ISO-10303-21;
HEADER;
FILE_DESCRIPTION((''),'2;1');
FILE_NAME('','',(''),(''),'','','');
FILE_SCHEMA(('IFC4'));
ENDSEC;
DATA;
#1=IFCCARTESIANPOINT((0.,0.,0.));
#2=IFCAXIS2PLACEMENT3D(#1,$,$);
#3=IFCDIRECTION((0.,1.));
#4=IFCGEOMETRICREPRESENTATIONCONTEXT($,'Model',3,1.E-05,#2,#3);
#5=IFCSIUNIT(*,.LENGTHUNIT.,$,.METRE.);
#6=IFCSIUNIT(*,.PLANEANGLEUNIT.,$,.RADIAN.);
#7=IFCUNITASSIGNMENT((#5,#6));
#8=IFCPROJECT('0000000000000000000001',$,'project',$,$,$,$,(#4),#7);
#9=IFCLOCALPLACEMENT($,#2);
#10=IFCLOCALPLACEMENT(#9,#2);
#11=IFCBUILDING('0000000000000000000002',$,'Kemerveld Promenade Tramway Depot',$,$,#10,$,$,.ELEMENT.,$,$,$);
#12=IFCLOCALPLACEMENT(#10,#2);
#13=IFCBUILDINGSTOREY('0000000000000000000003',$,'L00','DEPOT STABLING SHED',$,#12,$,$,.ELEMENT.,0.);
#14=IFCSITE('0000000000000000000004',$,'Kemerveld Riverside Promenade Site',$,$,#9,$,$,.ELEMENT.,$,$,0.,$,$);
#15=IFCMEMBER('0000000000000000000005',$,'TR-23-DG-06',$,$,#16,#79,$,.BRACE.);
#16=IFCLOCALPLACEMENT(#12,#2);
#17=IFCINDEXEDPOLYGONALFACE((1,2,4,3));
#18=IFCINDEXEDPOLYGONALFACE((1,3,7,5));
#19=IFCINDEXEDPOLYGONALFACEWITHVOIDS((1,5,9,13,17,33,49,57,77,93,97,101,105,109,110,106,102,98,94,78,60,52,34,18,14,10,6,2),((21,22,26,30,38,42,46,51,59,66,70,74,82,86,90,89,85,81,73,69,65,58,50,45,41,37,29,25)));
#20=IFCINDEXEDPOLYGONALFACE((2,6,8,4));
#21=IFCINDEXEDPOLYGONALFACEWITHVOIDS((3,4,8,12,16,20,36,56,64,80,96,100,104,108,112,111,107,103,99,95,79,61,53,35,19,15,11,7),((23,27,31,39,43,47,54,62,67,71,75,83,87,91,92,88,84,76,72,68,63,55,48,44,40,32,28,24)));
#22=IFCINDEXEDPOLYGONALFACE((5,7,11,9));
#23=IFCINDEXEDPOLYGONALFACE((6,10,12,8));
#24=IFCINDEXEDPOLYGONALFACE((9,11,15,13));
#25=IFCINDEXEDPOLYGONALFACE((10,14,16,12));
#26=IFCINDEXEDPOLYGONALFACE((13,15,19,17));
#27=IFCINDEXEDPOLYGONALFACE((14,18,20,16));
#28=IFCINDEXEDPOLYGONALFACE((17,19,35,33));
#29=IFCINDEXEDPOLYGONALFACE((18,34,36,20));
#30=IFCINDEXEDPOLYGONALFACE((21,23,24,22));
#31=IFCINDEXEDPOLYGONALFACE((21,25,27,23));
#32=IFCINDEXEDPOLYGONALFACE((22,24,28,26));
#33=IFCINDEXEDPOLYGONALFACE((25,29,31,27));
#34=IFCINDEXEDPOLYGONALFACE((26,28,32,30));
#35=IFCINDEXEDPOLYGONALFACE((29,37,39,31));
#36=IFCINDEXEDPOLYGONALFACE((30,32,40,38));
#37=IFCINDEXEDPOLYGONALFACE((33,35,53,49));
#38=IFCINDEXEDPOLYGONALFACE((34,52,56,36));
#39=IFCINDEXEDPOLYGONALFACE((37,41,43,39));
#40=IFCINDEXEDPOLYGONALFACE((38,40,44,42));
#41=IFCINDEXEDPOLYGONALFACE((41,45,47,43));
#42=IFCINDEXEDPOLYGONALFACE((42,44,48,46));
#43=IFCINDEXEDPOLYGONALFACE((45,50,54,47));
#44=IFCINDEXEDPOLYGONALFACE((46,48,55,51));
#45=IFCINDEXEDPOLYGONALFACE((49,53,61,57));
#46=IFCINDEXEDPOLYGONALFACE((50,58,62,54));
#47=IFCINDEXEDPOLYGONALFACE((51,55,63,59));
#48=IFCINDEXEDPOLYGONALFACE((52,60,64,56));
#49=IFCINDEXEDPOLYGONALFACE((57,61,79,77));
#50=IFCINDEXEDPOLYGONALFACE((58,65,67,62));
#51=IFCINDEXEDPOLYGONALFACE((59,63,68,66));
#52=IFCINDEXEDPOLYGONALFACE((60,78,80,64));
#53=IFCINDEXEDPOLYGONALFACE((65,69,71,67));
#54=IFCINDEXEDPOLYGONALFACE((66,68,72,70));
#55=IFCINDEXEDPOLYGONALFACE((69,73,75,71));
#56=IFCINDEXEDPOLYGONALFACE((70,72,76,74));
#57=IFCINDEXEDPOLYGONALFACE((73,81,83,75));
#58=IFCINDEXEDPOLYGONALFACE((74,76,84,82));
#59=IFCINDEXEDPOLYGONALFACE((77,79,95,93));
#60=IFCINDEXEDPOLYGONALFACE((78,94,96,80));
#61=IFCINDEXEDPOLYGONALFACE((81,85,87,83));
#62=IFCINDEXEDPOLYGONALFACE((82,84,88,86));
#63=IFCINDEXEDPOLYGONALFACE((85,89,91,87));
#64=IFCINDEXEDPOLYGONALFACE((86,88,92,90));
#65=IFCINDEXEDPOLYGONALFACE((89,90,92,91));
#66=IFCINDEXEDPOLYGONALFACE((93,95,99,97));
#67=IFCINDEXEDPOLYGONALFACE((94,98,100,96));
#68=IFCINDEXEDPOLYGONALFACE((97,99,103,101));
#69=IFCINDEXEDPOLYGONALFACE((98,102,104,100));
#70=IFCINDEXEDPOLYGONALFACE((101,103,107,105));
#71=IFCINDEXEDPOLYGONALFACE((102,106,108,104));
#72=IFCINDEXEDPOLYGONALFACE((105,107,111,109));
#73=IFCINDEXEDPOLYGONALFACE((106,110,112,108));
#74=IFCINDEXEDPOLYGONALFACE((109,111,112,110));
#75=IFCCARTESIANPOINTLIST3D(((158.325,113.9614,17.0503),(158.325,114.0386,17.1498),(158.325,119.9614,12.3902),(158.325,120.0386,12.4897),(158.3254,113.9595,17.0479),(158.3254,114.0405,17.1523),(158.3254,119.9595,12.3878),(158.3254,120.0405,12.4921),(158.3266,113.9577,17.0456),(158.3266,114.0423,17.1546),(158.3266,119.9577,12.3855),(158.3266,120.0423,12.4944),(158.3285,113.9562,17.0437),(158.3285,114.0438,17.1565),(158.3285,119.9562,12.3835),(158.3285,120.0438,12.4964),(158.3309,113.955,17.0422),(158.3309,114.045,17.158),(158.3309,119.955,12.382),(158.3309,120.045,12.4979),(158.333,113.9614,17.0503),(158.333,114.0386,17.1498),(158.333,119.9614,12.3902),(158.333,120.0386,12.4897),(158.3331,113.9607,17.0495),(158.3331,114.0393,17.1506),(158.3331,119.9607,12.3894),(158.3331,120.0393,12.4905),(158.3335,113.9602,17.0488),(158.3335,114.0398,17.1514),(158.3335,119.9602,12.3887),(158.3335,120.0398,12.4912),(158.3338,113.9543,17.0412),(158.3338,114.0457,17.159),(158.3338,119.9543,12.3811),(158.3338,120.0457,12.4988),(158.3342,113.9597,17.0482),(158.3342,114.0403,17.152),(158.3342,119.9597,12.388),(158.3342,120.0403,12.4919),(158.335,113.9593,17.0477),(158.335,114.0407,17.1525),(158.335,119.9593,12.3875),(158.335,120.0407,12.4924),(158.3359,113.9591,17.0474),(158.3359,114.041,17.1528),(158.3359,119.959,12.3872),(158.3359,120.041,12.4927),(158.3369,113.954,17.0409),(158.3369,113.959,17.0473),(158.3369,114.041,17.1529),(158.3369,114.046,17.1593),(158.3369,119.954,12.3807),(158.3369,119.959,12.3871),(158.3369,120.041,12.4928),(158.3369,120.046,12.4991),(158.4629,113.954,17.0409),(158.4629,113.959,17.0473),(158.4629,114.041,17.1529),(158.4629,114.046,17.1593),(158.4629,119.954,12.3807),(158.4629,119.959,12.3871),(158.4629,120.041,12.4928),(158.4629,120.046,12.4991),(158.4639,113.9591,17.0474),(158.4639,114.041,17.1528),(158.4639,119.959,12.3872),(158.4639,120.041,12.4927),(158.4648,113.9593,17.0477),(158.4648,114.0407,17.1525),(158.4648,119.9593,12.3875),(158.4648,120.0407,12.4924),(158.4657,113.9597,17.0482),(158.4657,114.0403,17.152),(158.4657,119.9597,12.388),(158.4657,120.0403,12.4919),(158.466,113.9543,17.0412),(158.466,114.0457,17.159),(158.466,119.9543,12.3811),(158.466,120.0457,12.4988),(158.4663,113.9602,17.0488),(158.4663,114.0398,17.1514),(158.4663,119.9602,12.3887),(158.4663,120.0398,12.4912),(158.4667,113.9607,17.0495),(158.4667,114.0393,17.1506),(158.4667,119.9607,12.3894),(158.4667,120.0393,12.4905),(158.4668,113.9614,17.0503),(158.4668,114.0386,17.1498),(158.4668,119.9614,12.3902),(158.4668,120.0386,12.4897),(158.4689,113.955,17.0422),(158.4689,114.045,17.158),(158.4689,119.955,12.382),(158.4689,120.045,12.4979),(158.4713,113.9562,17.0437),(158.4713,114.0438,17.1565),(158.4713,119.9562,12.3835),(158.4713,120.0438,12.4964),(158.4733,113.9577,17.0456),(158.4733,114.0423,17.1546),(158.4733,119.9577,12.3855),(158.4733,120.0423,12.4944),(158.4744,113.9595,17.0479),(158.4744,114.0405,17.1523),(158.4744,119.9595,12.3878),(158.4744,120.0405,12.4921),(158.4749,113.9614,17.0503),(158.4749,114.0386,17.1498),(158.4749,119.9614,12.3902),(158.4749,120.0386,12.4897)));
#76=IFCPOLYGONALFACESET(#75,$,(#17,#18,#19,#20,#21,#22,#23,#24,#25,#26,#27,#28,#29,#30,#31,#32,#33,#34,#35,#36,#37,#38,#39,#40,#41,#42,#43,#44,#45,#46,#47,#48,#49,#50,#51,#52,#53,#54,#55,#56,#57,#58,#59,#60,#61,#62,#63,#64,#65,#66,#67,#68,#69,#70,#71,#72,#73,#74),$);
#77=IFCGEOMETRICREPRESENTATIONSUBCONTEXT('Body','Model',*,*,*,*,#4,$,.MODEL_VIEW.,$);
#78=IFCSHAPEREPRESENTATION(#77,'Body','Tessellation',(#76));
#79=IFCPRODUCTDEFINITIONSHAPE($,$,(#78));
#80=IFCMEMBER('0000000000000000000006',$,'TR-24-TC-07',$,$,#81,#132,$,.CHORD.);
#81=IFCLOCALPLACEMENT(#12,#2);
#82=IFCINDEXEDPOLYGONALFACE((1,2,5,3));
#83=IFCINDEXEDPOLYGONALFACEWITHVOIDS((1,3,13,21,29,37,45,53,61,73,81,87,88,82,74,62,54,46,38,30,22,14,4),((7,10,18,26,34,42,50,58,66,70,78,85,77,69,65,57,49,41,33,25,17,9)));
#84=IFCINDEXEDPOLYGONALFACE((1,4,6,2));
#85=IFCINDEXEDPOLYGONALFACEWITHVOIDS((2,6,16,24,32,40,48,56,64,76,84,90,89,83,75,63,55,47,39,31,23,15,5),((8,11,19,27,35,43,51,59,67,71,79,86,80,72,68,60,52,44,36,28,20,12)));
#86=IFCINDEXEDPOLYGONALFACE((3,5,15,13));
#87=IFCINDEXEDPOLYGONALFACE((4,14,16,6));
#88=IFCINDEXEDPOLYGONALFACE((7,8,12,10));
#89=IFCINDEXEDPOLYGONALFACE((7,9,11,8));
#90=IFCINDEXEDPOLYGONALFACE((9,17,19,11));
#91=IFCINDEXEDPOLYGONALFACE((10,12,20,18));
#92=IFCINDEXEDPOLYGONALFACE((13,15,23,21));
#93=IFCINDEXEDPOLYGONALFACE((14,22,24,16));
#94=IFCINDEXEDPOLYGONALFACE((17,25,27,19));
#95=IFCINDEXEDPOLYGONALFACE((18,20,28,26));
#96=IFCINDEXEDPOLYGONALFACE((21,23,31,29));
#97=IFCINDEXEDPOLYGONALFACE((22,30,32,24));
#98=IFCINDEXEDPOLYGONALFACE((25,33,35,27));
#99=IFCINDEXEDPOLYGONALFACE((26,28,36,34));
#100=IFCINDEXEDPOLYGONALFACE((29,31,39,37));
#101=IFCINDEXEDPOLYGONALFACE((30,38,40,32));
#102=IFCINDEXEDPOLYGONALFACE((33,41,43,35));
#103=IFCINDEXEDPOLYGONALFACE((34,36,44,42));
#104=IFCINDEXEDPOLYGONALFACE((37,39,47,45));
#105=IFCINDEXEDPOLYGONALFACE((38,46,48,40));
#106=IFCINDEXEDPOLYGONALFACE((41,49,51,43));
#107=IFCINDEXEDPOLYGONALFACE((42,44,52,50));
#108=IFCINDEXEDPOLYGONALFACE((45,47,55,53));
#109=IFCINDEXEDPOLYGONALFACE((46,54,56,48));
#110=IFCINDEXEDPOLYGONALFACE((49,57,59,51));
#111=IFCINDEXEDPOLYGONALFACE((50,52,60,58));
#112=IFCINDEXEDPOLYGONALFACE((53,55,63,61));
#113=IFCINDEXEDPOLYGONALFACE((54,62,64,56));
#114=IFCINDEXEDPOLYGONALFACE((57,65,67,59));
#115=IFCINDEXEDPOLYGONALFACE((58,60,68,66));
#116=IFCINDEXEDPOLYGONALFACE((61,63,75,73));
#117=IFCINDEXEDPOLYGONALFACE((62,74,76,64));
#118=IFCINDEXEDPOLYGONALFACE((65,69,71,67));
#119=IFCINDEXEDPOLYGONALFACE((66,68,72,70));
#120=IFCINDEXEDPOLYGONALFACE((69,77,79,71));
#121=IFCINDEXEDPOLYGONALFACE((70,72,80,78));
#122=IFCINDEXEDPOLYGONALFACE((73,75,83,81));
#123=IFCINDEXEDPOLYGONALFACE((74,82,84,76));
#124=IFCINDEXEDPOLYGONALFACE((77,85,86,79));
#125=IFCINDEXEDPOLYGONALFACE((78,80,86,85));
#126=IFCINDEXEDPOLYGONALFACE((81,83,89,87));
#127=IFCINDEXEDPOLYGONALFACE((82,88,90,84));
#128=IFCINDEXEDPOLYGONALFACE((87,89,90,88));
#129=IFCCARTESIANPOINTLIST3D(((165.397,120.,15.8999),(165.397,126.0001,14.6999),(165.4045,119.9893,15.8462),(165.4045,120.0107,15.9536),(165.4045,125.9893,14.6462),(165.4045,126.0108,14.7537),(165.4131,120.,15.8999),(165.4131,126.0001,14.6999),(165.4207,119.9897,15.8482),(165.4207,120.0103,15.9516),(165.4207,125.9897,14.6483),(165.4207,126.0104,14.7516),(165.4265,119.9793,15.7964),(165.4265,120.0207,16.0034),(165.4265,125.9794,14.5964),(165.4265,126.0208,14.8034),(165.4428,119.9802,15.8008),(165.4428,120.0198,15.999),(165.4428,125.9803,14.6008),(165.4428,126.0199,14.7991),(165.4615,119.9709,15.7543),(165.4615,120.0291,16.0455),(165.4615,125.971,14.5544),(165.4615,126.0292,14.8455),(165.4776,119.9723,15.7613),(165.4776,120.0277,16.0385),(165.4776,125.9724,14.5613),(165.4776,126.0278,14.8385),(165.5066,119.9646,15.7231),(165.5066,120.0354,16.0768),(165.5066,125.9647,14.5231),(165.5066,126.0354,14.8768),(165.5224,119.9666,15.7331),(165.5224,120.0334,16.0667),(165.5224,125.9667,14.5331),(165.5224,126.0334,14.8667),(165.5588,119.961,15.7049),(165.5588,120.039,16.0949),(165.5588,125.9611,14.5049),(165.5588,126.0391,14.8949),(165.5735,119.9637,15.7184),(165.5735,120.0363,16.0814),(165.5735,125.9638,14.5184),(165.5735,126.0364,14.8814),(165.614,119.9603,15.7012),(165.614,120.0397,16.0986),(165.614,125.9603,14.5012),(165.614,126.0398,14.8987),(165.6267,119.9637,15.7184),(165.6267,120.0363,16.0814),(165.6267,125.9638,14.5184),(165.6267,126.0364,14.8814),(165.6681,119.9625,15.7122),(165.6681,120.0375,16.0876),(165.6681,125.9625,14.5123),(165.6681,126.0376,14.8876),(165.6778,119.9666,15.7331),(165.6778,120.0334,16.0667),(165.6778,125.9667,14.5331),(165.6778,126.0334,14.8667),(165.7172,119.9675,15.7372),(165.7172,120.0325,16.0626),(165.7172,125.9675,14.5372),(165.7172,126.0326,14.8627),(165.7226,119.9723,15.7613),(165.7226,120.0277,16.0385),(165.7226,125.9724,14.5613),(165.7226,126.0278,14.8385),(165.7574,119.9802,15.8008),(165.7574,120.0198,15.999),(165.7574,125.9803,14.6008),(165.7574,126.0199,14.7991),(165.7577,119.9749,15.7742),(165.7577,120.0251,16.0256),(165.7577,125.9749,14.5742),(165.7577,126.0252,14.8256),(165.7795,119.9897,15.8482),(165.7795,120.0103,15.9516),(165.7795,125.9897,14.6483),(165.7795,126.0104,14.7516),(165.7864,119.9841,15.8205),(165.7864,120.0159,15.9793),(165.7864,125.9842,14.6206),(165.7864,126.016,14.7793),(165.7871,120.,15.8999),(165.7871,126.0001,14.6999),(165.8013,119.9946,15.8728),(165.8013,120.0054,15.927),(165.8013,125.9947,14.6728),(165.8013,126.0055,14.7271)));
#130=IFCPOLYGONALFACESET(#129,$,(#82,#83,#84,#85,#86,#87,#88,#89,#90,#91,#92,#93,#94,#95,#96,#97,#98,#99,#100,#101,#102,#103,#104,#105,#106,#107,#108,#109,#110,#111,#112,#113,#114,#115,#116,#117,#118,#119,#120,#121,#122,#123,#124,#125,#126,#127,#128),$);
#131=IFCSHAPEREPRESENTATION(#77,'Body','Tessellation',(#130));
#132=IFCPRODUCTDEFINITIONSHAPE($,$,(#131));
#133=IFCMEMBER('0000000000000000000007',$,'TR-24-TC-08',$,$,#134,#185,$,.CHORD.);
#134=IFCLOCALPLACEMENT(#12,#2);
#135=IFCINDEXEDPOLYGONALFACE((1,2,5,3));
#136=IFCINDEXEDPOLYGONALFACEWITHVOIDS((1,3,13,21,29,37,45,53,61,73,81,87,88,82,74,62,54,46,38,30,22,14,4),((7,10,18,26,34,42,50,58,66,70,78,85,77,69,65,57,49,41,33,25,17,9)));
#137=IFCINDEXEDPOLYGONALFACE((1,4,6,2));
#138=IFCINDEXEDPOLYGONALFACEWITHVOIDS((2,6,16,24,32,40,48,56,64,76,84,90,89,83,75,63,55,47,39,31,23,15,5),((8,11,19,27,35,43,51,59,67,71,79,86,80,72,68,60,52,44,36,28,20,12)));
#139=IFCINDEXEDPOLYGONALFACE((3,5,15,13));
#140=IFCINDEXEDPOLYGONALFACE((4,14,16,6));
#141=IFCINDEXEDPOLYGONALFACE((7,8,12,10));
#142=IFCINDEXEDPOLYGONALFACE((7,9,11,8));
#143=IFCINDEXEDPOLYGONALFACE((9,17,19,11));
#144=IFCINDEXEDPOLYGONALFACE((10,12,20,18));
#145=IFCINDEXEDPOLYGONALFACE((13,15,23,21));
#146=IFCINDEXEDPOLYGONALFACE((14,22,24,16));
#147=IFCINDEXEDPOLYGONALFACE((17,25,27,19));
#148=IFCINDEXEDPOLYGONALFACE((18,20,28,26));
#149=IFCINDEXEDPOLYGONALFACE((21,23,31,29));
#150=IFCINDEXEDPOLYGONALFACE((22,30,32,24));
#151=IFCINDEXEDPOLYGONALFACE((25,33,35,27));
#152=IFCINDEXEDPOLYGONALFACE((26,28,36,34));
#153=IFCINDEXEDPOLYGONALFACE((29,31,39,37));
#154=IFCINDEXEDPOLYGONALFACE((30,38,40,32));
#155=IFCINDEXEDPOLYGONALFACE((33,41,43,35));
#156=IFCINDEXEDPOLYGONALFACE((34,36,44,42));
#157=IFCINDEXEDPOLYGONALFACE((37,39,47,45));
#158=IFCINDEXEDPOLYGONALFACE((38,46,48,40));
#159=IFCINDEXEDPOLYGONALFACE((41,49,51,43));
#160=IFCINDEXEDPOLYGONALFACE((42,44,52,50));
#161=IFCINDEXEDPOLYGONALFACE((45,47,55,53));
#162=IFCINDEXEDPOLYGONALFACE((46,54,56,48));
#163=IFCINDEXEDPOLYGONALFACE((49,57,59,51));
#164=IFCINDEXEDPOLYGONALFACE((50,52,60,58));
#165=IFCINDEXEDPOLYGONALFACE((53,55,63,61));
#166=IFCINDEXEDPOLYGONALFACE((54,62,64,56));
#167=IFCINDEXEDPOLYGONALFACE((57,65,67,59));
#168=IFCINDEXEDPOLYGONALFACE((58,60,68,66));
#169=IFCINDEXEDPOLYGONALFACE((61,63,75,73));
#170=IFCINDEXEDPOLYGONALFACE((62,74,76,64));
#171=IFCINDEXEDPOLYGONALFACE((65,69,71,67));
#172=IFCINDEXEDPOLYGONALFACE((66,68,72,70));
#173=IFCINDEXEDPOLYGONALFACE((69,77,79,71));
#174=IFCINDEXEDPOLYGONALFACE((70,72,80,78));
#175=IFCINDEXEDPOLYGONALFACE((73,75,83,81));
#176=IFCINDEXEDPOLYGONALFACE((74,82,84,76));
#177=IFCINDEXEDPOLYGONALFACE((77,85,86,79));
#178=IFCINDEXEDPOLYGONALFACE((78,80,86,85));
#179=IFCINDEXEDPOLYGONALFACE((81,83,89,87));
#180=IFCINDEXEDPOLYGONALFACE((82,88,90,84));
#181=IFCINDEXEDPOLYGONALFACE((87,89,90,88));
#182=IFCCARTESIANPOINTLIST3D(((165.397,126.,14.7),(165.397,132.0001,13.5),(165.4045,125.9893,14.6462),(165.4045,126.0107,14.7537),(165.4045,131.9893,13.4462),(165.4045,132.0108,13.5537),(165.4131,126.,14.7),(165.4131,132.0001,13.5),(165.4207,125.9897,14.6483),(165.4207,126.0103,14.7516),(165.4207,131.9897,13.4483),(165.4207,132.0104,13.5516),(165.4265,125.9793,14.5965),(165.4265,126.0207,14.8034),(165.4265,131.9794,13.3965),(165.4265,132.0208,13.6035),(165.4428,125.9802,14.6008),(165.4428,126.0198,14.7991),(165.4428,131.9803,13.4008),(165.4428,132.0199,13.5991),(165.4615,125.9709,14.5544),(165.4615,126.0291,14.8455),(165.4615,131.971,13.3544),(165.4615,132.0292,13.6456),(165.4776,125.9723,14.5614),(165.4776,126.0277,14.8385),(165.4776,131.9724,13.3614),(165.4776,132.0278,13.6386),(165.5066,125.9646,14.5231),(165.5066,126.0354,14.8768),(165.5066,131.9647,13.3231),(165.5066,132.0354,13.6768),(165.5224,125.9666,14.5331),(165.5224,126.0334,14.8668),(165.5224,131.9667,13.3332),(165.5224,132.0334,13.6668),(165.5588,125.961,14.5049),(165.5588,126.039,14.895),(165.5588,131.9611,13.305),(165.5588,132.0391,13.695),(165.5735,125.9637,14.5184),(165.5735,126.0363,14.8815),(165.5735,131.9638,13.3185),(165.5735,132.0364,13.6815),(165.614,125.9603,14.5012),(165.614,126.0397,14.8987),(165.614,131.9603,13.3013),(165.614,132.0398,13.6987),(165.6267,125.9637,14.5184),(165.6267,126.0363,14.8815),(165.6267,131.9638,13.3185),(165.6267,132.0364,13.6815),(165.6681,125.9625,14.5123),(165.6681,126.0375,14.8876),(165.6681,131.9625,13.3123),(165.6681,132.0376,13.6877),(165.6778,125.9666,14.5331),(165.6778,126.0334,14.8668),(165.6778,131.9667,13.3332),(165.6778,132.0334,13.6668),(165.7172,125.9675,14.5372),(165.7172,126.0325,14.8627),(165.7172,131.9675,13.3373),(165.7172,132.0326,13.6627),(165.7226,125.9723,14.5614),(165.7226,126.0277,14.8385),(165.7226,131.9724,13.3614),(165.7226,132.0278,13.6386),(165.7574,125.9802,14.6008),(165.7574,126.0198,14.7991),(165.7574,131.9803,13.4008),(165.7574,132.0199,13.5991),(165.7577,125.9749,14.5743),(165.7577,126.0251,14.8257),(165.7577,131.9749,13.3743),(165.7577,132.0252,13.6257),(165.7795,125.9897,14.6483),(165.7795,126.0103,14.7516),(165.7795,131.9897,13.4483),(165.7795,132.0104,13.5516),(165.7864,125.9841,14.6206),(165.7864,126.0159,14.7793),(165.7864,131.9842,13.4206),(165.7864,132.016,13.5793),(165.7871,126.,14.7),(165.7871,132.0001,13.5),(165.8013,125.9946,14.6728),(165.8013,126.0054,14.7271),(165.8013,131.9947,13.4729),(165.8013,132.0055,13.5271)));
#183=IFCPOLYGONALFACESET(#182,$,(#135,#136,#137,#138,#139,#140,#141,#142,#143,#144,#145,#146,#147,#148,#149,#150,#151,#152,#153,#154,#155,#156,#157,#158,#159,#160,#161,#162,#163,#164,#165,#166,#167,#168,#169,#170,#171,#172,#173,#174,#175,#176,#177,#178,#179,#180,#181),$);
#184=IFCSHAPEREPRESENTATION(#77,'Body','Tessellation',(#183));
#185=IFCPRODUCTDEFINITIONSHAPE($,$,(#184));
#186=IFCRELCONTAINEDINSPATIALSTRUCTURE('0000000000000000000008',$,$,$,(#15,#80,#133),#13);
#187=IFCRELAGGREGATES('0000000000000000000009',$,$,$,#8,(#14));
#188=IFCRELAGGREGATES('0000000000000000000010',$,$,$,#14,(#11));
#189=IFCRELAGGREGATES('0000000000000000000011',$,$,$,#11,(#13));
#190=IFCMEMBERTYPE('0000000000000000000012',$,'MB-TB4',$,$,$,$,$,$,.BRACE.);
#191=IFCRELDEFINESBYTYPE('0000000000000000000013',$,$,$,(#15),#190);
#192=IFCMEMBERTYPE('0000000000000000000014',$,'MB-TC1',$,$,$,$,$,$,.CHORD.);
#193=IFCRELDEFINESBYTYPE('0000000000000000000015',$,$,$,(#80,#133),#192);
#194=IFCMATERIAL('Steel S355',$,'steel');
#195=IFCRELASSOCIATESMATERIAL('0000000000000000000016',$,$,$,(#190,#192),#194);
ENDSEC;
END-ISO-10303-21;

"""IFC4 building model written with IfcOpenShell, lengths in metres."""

from ifc_helpers import new_model, si_unit, direction, frame, origin, origin_2d, place, context, subcontext, project, spatial, hollow_rectangle, hollow_circle, extrude, material, material_profile, profile_set, type_object, element, save


model = new_model("IFC4")

# Units and contexts
model_context = context("Model", 3, precision=1e-05, world=origin(), true_north=direction((0.0, 1.0)))
body_context = subcontext(model_context, "Body", "Model", "MODEL_VIEW")
ifc_project = project(units=[si_unit("LENGTHUNIT", "METRE"), si_unit("PLANEANGLEUNIT", "RADIAN")], contexts=[model_context])

# Site, building, storey
site_placement = place(None, origin())
site = spatial("IfcSite", under=ifc_project, at=site_placement, Name="Kemerveld Riverside Promenade Site", CompositionType="ELEMENT", RefElevation=0.0)
building_placement = place(site_placement, origin())
building = spatial("IfcBuilding", under=site, at=building_placement, Name="Kemerveld Promenade Tramway Depot", CompositionType="ELEMENT")
storey_placement = place(building_placement, origin())
storey = spatial("IfcBuildingStorey", under=building, at=storey_placement, Name="L00", Description="DEPOT STABLING SHED", CompositionType="ELEMENT", Elevation=0.0)

# Members
ifc_material = material(Name="Steel S355", Category="steel")
ifc_material_profile_1 = material_profile(ifc_material, hollow_rectangle(XDim=0.1499, YDim=0.1499, WallThickness=0.0081, InnerFilletRadius=0.0039, OuterFilletRadius=0.012, at=origin_2d()), Name="150x150x8.0 SHS")
ifc_profile_set_1 = profile_set([ifc_material_profile_1], Name="Steel S355")
member_type_1 = type_object("IfcMemberType", Name="MB-TB4", PredefinedType="BRACE", material=ifc_profile_set_1)
member_1_placement = place(storey_placement, frame((158.3999, 120.0, 12.4399), z_axis=(0.0, -0.789767, 0.613407), x_axis=(1.0, 0.0, 0.0)))
element("IfcMember", 1, at=member_1_placement, inside=storey, type_object=member_type_1, Name="TR-23-DG-06", PredefinedType="BRACE", context=body_context, shape_type="SweptSolid", body=[
    extrude(hollow_rectangle(XDim=0.1499, YDim=0.1499, WallThickness=0.0081, InnerFilletRadius=0.0039, OuterFilletRadius=0.012, at=origin_2d()), origin(), (0.0, 0.0, 1.0), 7.5972),
])
ifc_material_profile_2 = material_profile(ifc_material, hollow_circle(Radius=0.2031, WallThickness=0.0161, at=origin_2d()), Name="406.4x16.0 CHS")
ifc_profile_set_2 = profile_set([ifc_material_profile_2], Name="Steel S355")
member_type_2 = type_object("IfcMemberType", Name="MB-TC1", PredefinedType="CHORD", material=ifc_profile_set_2)
for number, where, z_axis, x_axis, name in (
    (2, (165.6001, 120.0, 15.8999), (0.0, 0.980582, -0.196108), (-1.0, 0.0, 0.0), "TR-24-TC-07"),
    (3, (165.6001, 126.0, 14.7), (0.0, 0.980582, -0.196108), (-1.0, 0.0, 0.0), "TR-24-TC-08"),
):
    element("IfcMember", number, at=place(storey_placement, frame(where, z_axis=z_axis, x_axis=x_axis)), inside=storey, type_object=member_type_2, Name=name, PredefinedType="CHORD", context=body_context, shape_type="SweptSolid", body=[
        extrude(hollow_circle(Radius=0.2031, WallThickness=0.0161, at=origin_2d()), origin(), (0.0, 0.0, 1.0), 6.1189),
    ])

save(model, "model.ifc")
